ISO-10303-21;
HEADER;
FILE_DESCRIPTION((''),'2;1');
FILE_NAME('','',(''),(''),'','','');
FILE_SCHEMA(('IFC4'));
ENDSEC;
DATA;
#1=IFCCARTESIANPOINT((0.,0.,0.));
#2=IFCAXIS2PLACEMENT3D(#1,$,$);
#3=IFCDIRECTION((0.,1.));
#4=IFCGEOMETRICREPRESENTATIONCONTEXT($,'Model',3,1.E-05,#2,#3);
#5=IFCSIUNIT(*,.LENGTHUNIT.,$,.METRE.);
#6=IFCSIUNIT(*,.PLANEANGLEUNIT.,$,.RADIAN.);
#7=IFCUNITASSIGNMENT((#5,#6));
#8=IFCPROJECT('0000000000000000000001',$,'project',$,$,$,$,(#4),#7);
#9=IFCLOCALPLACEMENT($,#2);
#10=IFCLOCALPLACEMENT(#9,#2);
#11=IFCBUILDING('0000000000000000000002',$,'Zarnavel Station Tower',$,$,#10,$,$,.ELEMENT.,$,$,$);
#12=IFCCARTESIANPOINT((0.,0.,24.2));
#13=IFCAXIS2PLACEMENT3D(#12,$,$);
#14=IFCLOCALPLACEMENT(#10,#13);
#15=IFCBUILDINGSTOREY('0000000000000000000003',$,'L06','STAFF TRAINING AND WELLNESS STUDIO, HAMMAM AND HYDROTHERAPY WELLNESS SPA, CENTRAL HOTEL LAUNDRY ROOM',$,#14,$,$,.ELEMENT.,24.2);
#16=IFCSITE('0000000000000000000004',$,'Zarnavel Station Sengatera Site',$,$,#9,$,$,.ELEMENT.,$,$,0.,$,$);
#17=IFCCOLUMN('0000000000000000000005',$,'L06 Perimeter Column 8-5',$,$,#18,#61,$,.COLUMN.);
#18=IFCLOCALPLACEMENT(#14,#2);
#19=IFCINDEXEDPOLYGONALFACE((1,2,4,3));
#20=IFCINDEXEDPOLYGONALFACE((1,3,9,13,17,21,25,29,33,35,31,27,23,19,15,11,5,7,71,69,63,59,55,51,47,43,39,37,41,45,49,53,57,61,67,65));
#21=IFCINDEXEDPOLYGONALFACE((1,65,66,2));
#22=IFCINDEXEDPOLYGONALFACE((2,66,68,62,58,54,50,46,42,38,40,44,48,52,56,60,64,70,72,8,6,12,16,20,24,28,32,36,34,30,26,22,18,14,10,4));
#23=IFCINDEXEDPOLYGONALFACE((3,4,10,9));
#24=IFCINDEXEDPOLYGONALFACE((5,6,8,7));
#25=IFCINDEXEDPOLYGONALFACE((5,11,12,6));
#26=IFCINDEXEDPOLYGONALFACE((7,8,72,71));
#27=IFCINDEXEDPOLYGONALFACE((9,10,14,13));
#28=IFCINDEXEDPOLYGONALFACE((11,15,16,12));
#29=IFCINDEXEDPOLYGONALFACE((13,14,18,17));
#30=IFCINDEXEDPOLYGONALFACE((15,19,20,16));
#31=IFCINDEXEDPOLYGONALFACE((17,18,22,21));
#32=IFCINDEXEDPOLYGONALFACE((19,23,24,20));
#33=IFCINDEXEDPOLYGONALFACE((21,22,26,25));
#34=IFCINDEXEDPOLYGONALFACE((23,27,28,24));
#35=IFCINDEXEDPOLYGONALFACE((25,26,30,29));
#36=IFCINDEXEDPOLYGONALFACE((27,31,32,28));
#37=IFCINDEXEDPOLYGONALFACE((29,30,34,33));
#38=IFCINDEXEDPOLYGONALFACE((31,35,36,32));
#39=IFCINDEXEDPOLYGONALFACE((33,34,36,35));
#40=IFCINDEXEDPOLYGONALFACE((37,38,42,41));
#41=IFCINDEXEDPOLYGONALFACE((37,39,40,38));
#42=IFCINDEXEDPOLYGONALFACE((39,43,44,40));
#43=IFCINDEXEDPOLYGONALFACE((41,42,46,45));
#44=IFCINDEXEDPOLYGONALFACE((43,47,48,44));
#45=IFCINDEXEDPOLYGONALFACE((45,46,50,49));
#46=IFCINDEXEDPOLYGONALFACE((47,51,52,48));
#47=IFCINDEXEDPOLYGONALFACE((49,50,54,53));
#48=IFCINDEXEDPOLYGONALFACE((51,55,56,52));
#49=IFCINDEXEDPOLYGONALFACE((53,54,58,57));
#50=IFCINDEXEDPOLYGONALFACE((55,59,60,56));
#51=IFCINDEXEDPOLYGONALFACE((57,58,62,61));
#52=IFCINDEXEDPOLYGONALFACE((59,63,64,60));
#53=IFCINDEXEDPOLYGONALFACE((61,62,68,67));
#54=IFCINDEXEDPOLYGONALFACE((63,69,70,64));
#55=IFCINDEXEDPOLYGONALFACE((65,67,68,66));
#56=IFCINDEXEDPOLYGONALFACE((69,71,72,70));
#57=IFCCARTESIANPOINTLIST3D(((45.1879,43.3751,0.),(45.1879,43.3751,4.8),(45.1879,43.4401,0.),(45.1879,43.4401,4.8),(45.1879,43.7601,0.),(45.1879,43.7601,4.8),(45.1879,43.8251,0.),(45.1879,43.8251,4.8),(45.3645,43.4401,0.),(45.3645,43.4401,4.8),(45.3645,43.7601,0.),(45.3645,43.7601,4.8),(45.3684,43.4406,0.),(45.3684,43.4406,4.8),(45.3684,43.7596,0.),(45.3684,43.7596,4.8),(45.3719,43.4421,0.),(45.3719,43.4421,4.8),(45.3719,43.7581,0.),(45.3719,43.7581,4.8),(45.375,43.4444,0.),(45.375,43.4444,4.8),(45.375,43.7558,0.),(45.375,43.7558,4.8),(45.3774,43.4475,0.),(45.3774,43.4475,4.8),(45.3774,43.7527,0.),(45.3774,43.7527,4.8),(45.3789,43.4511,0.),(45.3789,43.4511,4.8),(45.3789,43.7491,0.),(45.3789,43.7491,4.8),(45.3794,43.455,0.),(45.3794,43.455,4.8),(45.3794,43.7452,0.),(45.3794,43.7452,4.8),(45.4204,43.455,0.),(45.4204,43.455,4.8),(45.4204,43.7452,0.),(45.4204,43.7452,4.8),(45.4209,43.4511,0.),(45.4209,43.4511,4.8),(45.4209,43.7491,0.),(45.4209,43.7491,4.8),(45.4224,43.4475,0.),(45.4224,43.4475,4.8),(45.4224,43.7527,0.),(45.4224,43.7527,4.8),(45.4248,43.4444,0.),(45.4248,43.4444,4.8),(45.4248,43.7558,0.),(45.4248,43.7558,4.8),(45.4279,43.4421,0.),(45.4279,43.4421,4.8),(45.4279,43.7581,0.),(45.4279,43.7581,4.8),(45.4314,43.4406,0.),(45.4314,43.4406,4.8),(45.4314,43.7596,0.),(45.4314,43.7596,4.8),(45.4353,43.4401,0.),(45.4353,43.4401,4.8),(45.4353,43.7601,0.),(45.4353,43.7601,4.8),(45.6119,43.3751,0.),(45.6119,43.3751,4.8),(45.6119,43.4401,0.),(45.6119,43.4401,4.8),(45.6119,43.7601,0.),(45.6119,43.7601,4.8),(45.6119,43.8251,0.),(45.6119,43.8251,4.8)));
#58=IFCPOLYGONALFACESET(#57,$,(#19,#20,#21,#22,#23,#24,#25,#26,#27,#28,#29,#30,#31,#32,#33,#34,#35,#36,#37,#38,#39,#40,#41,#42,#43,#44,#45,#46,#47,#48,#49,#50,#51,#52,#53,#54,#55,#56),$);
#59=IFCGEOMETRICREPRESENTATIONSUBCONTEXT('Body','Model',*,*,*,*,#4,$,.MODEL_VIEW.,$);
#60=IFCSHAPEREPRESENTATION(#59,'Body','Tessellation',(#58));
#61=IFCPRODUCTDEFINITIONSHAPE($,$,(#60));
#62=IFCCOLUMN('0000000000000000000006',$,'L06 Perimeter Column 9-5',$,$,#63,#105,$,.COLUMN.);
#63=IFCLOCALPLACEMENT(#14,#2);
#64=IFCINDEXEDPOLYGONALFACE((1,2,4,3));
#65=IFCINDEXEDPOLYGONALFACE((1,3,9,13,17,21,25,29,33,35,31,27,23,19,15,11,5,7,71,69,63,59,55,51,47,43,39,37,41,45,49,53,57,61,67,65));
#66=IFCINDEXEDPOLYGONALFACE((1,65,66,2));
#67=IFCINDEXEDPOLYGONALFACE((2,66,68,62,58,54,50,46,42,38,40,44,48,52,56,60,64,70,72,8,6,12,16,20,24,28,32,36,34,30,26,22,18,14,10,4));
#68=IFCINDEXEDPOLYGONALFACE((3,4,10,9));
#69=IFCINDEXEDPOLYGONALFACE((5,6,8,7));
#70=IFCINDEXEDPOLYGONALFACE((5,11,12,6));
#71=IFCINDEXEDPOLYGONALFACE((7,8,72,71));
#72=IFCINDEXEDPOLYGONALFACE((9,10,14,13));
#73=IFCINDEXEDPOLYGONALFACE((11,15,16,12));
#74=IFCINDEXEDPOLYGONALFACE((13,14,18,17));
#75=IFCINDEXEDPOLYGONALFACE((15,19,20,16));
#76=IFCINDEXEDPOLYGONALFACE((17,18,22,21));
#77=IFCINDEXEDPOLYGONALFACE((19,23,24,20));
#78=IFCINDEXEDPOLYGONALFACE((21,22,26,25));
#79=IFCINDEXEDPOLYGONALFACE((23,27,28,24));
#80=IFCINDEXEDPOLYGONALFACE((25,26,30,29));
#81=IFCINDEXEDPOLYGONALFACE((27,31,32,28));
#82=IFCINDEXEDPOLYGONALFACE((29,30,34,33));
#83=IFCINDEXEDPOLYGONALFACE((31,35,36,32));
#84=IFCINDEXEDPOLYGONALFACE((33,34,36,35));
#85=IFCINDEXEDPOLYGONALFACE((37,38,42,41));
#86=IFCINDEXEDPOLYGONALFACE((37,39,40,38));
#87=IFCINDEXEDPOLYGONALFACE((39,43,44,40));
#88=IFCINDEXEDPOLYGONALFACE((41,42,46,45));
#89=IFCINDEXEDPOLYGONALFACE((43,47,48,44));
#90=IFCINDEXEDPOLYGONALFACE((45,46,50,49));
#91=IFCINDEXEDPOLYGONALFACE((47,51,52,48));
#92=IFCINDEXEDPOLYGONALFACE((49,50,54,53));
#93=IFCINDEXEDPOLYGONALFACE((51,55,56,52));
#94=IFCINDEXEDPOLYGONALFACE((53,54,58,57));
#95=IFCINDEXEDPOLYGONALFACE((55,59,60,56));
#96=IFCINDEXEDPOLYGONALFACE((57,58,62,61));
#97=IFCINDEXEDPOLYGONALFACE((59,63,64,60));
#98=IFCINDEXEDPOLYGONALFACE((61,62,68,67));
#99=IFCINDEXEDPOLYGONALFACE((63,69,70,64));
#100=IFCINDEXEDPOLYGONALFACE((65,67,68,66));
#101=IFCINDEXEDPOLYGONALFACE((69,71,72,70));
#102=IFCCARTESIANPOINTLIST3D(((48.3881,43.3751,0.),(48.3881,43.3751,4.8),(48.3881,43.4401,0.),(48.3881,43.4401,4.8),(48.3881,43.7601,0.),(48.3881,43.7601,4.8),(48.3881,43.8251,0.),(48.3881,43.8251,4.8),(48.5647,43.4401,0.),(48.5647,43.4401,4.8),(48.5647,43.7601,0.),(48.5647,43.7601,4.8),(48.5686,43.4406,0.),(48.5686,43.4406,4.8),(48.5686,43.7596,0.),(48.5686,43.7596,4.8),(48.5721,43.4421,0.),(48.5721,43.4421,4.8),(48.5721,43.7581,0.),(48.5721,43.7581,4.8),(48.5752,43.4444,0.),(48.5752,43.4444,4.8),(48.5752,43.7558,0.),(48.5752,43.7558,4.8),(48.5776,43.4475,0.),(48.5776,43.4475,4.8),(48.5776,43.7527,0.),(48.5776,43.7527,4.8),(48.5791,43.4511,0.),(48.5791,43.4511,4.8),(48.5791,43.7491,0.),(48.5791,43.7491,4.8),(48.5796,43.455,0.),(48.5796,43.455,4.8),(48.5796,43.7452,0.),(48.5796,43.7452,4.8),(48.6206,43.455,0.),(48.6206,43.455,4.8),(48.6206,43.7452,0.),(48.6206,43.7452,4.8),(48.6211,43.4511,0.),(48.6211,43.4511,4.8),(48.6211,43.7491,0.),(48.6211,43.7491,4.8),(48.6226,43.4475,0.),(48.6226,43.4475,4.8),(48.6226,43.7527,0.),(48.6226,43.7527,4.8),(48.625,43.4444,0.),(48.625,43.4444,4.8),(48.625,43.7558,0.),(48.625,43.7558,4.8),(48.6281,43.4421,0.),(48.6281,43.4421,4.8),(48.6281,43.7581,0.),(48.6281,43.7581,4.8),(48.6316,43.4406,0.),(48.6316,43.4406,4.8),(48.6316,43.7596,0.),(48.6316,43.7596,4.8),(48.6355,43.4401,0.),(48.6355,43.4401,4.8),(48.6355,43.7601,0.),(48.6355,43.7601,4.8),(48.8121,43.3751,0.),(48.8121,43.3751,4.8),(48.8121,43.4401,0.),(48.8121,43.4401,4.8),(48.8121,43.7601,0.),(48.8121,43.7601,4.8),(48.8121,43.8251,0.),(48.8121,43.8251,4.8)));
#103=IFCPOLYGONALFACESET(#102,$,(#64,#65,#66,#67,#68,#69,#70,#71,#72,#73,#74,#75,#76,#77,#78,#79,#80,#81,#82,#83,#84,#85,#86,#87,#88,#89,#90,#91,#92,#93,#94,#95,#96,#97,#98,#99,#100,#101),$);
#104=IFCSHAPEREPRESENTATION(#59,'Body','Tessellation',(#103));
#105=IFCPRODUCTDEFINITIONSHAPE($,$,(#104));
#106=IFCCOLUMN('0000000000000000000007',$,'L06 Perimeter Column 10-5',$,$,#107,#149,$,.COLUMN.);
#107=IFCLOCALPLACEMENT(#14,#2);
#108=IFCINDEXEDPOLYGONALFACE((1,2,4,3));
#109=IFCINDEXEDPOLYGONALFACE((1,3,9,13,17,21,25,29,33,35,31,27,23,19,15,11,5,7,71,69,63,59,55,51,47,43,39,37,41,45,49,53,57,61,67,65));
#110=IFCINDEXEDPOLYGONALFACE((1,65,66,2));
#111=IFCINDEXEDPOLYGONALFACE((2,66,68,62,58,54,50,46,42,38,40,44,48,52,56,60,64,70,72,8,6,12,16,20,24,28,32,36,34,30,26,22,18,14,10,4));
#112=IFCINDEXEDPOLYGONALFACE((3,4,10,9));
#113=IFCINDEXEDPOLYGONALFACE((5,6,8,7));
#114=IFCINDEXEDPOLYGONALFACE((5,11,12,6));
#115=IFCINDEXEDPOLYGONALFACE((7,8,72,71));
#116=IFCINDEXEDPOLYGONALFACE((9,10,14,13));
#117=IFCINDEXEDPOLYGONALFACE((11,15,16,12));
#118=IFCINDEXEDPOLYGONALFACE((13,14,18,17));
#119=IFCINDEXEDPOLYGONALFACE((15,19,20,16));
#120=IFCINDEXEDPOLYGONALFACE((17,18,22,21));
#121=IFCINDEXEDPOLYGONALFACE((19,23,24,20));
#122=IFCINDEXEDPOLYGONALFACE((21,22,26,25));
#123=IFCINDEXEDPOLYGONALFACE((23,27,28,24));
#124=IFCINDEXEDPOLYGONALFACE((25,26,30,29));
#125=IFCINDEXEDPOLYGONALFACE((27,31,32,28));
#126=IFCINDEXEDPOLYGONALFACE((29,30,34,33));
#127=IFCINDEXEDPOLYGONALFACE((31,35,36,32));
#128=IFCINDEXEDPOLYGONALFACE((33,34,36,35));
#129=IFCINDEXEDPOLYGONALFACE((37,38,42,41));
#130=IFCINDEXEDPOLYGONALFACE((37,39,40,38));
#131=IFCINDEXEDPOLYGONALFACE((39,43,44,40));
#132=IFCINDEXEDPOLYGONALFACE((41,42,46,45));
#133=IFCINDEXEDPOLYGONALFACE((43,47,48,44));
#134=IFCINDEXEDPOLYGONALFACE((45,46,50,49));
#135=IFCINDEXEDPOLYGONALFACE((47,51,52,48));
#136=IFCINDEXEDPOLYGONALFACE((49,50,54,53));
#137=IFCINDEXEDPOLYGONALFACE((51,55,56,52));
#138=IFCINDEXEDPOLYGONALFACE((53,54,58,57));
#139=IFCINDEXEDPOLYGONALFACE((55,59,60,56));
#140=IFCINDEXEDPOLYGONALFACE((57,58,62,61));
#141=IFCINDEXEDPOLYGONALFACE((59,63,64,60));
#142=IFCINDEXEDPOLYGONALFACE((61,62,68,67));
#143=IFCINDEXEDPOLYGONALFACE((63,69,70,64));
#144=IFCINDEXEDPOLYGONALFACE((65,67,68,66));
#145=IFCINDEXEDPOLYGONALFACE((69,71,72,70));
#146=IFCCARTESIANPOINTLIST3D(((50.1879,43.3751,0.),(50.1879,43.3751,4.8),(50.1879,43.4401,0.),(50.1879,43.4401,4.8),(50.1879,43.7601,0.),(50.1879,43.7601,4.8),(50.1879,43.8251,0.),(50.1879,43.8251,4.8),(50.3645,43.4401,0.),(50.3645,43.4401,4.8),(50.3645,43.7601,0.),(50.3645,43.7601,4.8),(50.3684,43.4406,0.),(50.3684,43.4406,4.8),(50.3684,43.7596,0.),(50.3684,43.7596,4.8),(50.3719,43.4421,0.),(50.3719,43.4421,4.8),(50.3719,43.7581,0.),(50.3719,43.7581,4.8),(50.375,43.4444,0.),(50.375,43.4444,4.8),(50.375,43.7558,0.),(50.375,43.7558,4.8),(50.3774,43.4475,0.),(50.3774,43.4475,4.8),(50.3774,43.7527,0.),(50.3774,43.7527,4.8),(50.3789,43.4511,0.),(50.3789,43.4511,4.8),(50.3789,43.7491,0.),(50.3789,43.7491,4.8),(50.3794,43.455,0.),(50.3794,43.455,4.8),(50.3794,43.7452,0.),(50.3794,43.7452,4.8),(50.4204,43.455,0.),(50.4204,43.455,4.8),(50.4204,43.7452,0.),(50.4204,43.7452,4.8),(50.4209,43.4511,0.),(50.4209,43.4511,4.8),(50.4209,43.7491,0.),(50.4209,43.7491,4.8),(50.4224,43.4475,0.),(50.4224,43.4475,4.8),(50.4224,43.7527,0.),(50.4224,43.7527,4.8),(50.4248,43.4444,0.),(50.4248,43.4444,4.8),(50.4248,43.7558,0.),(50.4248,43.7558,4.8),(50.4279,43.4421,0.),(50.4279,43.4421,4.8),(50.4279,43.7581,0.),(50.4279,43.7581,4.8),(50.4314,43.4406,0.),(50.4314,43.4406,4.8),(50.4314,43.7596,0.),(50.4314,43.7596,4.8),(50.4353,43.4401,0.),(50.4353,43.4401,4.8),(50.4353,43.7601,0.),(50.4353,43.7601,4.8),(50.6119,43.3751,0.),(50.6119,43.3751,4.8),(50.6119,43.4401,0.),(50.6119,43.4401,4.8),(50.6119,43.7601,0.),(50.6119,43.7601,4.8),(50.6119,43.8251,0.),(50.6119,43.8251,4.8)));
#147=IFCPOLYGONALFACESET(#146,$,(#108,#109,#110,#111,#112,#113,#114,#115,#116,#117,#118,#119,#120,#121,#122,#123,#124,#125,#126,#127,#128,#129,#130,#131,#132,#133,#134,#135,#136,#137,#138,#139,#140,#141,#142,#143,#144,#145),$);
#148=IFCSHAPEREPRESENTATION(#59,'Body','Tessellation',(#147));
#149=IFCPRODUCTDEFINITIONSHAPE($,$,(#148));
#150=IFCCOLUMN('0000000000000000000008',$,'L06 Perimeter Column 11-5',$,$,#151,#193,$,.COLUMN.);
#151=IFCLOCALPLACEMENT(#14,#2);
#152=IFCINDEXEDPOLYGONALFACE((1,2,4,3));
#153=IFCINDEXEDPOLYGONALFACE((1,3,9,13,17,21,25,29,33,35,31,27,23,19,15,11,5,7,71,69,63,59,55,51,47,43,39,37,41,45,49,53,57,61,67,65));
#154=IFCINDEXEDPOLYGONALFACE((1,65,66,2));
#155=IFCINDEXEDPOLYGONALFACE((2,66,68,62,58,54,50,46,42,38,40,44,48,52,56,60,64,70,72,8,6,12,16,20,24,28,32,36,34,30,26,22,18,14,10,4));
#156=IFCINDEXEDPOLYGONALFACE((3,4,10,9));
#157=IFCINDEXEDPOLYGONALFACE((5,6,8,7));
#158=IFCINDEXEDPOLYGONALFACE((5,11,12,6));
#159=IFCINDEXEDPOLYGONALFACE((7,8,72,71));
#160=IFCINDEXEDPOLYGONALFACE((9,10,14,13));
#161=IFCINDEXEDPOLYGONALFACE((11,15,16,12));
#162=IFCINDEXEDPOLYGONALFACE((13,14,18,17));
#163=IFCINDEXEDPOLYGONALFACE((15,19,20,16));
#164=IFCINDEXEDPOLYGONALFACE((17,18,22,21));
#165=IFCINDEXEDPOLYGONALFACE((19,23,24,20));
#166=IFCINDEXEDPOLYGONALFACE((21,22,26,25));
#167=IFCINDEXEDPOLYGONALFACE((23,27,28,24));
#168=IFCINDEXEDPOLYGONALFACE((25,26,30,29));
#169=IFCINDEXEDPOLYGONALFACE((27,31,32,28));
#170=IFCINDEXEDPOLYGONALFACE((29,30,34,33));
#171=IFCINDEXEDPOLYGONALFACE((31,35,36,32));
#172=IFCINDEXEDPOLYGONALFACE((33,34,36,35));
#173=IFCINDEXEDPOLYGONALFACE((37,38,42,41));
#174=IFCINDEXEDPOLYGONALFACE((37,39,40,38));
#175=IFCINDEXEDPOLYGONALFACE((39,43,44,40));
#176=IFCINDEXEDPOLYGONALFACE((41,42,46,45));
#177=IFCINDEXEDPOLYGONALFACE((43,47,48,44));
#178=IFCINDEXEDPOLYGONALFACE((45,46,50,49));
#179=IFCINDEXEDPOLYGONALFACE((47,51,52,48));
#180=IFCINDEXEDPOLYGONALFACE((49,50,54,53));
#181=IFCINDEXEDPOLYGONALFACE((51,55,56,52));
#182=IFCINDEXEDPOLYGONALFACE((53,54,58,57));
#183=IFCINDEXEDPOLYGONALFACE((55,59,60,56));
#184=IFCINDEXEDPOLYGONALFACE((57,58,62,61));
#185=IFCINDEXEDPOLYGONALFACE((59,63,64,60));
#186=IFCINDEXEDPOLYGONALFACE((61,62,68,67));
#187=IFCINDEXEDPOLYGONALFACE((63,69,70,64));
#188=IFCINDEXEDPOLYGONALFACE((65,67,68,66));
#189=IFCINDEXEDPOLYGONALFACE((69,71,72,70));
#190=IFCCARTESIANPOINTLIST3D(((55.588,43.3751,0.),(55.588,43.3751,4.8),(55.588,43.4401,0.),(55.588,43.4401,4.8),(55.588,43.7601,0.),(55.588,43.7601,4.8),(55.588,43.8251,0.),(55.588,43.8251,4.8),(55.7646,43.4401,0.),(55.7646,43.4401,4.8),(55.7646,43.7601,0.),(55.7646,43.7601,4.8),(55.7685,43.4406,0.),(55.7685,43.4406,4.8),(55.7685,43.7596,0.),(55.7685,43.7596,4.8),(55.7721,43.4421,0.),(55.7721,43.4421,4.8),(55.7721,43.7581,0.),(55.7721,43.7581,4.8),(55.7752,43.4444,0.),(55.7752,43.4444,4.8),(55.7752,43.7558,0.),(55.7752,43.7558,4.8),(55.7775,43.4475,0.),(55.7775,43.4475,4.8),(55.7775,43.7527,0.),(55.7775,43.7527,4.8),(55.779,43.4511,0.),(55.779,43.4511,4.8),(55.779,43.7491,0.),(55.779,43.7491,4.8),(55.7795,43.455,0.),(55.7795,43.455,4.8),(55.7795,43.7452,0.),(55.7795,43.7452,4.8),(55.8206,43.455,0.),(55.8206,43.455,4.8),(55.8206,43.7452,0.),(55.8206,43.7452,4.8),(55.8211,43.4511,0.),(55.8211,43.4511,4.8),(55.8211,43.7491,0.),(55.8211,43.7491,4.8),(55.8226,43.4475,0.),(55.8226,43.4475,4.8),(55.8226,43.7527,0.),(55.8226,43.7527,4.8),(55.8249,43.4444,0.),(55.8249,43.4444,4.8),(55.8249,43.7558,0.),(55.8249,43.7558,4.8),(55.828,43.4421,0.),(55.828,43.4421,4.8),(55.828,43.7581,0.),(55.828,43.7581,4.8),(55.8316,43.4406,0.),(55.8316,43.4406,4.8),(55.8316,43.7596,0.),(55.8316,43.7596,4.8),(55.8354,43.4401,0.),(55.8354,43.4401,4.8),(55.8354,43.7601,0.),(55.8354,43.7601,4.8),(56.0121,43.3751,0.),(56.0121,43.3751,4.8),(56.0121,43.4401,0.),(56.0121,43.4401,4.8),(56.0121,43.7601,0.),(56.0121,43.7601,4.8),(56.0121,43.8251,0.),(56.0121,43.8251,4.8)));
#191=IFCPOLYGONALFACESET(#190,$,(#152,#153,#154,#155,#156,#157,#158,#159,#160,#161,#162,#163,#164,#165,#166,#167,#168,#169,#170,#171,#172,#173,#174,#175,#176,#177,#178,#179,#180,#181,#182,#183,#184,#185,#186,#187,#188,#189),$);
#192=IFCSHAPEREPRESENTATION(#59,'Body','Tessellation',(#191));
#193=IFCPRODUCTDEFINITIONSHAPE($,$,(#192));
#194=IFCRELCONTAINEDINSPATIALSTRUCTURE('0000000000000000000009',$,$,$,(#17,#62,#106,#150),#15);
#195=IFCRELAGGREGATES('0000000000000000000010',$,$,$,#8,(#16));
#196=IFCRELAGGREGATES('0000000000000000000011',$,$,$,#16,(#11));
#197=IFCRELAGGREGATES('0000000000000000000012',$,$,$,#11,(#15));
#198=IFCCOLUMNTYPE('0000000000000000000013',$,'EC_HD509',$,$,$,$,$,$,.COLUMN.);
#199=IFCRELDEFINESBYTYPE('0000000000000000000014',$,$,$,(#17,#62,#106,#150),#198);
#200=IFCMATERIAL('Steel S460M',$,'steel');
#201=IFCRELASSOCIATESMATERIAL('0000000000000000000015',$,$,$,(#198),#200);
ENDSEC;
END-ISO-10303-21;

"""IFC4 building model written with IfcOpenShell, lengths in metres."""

from ifc_helpers import new_model, si_unit, direction, frame, origin, origin_2d, place, context, subcontext, project, spatial, i_section, extrude, material, material_profile, profile_set, type_object, element, save


model = new_model("IFC4")

# Units and contexts
model_context = context("Model", 3, precision=1e-05, world=origin(), true_north=direction((0.0, 1.0)))
body_context = subcontext(model_context, "Body", "Model", "MODEL_VIEW")
ifc_project = project(units=[si_unit("LENGTHUNIT", "METRE"), si_unit("PLANEANGLEUNIT", "RADIAN")], contexts=[model_context])

# Site, building, storey
site_placement = place(None, origin())
site = spatial("IfcSite", under=ifc_project, at=site_placement, Name="Zarnavel Station Sengatera Site", CompositionType="ELEMENT", RefElevation=0.0)
building_placement = place(site_placement, origin())
building = spatial("IfcBuilding", under=site, at=building_placement, Name="Zarnavel Station Tower", CompositionType="ELEMENT")
storey_placement = place(building_placement, frame((0.0, 0.0, 24.2)))
storey = spatial("IfcBuildingStorey", under=building, at=storey_placement, Name="L06", Description="STAFF TRAINING AND WELLNESS STUDIO, HAMMAM AND HYDROTHERAPY WELLNESS SPA, CENTRAL HOTEL LAUNDRY ROOM", CompositionType="ELEMENT", Elevation=24.2)

# Columns
ifc_material_1 = material(Name="Steel S460M", Category="steel")
ifc_material_profile_1 = material_profile(ifc_material_1, i_section(OverallWidth=0.4241, OverallDepth=0.45, WebThickness=0.041, FlangeThickness=0.0649, FilletRadius=0.0149, at=origin_2d()), Name="HD400x509")
ifc_profile_set_1 = profile_set([ifc_material_profile_1], Name="Steel S460M")
column_type = type_object("IfcColumnType", Name="EC_HD509", PredefinedType="COLUMN", material=ifc_profile_set_1)
for number, where, z_axis, x_axis, name in (
    (1, (45.3999, 43.6001, 0.0), (0.0, 0.0, 1.0), (1.0, 0.0, 0.0), "L06 Perimeter Column 8-5"),
    (2, (48.6001, 43.6001, 0.0), (0.0, 0.0, 1.0), (1.0, 0.0, 0.0), "L06 Perimeter Column 9-5"),
    (3, (50.3999, 43.6001, 0.0), (0.0, 0.0, 1.0), (1.0, 0.0, 0.0), "L06 Perimeter Column 10-5"),
    (4, (55.8, 43.6001, 0.0), (0.0, 0.0, 1.0), (1.0, 0.0, 0.0), "L06 Perimeter Column 11-5"),
):
    element("IfcColumn", number, at=place(storey_placement, frame(where, z_axis=z_axis, x_axis=x_axis)), inside=storey, type_object=column_type, Name=name, PredefinedType="COLUMN", context=body_context, shape_type="SweptSolid", body=[
        extrude(i_section(OverallWidth=0.4241, OverallDepth=0.45, WebThickness=0.041, FlangeThickness=0.0649, FilletRadius=0.0149, at=origin_2d()), origin(), (0.0, 0.0, 1.0), 4.8),
    ])

save(model, "model.ifc")
